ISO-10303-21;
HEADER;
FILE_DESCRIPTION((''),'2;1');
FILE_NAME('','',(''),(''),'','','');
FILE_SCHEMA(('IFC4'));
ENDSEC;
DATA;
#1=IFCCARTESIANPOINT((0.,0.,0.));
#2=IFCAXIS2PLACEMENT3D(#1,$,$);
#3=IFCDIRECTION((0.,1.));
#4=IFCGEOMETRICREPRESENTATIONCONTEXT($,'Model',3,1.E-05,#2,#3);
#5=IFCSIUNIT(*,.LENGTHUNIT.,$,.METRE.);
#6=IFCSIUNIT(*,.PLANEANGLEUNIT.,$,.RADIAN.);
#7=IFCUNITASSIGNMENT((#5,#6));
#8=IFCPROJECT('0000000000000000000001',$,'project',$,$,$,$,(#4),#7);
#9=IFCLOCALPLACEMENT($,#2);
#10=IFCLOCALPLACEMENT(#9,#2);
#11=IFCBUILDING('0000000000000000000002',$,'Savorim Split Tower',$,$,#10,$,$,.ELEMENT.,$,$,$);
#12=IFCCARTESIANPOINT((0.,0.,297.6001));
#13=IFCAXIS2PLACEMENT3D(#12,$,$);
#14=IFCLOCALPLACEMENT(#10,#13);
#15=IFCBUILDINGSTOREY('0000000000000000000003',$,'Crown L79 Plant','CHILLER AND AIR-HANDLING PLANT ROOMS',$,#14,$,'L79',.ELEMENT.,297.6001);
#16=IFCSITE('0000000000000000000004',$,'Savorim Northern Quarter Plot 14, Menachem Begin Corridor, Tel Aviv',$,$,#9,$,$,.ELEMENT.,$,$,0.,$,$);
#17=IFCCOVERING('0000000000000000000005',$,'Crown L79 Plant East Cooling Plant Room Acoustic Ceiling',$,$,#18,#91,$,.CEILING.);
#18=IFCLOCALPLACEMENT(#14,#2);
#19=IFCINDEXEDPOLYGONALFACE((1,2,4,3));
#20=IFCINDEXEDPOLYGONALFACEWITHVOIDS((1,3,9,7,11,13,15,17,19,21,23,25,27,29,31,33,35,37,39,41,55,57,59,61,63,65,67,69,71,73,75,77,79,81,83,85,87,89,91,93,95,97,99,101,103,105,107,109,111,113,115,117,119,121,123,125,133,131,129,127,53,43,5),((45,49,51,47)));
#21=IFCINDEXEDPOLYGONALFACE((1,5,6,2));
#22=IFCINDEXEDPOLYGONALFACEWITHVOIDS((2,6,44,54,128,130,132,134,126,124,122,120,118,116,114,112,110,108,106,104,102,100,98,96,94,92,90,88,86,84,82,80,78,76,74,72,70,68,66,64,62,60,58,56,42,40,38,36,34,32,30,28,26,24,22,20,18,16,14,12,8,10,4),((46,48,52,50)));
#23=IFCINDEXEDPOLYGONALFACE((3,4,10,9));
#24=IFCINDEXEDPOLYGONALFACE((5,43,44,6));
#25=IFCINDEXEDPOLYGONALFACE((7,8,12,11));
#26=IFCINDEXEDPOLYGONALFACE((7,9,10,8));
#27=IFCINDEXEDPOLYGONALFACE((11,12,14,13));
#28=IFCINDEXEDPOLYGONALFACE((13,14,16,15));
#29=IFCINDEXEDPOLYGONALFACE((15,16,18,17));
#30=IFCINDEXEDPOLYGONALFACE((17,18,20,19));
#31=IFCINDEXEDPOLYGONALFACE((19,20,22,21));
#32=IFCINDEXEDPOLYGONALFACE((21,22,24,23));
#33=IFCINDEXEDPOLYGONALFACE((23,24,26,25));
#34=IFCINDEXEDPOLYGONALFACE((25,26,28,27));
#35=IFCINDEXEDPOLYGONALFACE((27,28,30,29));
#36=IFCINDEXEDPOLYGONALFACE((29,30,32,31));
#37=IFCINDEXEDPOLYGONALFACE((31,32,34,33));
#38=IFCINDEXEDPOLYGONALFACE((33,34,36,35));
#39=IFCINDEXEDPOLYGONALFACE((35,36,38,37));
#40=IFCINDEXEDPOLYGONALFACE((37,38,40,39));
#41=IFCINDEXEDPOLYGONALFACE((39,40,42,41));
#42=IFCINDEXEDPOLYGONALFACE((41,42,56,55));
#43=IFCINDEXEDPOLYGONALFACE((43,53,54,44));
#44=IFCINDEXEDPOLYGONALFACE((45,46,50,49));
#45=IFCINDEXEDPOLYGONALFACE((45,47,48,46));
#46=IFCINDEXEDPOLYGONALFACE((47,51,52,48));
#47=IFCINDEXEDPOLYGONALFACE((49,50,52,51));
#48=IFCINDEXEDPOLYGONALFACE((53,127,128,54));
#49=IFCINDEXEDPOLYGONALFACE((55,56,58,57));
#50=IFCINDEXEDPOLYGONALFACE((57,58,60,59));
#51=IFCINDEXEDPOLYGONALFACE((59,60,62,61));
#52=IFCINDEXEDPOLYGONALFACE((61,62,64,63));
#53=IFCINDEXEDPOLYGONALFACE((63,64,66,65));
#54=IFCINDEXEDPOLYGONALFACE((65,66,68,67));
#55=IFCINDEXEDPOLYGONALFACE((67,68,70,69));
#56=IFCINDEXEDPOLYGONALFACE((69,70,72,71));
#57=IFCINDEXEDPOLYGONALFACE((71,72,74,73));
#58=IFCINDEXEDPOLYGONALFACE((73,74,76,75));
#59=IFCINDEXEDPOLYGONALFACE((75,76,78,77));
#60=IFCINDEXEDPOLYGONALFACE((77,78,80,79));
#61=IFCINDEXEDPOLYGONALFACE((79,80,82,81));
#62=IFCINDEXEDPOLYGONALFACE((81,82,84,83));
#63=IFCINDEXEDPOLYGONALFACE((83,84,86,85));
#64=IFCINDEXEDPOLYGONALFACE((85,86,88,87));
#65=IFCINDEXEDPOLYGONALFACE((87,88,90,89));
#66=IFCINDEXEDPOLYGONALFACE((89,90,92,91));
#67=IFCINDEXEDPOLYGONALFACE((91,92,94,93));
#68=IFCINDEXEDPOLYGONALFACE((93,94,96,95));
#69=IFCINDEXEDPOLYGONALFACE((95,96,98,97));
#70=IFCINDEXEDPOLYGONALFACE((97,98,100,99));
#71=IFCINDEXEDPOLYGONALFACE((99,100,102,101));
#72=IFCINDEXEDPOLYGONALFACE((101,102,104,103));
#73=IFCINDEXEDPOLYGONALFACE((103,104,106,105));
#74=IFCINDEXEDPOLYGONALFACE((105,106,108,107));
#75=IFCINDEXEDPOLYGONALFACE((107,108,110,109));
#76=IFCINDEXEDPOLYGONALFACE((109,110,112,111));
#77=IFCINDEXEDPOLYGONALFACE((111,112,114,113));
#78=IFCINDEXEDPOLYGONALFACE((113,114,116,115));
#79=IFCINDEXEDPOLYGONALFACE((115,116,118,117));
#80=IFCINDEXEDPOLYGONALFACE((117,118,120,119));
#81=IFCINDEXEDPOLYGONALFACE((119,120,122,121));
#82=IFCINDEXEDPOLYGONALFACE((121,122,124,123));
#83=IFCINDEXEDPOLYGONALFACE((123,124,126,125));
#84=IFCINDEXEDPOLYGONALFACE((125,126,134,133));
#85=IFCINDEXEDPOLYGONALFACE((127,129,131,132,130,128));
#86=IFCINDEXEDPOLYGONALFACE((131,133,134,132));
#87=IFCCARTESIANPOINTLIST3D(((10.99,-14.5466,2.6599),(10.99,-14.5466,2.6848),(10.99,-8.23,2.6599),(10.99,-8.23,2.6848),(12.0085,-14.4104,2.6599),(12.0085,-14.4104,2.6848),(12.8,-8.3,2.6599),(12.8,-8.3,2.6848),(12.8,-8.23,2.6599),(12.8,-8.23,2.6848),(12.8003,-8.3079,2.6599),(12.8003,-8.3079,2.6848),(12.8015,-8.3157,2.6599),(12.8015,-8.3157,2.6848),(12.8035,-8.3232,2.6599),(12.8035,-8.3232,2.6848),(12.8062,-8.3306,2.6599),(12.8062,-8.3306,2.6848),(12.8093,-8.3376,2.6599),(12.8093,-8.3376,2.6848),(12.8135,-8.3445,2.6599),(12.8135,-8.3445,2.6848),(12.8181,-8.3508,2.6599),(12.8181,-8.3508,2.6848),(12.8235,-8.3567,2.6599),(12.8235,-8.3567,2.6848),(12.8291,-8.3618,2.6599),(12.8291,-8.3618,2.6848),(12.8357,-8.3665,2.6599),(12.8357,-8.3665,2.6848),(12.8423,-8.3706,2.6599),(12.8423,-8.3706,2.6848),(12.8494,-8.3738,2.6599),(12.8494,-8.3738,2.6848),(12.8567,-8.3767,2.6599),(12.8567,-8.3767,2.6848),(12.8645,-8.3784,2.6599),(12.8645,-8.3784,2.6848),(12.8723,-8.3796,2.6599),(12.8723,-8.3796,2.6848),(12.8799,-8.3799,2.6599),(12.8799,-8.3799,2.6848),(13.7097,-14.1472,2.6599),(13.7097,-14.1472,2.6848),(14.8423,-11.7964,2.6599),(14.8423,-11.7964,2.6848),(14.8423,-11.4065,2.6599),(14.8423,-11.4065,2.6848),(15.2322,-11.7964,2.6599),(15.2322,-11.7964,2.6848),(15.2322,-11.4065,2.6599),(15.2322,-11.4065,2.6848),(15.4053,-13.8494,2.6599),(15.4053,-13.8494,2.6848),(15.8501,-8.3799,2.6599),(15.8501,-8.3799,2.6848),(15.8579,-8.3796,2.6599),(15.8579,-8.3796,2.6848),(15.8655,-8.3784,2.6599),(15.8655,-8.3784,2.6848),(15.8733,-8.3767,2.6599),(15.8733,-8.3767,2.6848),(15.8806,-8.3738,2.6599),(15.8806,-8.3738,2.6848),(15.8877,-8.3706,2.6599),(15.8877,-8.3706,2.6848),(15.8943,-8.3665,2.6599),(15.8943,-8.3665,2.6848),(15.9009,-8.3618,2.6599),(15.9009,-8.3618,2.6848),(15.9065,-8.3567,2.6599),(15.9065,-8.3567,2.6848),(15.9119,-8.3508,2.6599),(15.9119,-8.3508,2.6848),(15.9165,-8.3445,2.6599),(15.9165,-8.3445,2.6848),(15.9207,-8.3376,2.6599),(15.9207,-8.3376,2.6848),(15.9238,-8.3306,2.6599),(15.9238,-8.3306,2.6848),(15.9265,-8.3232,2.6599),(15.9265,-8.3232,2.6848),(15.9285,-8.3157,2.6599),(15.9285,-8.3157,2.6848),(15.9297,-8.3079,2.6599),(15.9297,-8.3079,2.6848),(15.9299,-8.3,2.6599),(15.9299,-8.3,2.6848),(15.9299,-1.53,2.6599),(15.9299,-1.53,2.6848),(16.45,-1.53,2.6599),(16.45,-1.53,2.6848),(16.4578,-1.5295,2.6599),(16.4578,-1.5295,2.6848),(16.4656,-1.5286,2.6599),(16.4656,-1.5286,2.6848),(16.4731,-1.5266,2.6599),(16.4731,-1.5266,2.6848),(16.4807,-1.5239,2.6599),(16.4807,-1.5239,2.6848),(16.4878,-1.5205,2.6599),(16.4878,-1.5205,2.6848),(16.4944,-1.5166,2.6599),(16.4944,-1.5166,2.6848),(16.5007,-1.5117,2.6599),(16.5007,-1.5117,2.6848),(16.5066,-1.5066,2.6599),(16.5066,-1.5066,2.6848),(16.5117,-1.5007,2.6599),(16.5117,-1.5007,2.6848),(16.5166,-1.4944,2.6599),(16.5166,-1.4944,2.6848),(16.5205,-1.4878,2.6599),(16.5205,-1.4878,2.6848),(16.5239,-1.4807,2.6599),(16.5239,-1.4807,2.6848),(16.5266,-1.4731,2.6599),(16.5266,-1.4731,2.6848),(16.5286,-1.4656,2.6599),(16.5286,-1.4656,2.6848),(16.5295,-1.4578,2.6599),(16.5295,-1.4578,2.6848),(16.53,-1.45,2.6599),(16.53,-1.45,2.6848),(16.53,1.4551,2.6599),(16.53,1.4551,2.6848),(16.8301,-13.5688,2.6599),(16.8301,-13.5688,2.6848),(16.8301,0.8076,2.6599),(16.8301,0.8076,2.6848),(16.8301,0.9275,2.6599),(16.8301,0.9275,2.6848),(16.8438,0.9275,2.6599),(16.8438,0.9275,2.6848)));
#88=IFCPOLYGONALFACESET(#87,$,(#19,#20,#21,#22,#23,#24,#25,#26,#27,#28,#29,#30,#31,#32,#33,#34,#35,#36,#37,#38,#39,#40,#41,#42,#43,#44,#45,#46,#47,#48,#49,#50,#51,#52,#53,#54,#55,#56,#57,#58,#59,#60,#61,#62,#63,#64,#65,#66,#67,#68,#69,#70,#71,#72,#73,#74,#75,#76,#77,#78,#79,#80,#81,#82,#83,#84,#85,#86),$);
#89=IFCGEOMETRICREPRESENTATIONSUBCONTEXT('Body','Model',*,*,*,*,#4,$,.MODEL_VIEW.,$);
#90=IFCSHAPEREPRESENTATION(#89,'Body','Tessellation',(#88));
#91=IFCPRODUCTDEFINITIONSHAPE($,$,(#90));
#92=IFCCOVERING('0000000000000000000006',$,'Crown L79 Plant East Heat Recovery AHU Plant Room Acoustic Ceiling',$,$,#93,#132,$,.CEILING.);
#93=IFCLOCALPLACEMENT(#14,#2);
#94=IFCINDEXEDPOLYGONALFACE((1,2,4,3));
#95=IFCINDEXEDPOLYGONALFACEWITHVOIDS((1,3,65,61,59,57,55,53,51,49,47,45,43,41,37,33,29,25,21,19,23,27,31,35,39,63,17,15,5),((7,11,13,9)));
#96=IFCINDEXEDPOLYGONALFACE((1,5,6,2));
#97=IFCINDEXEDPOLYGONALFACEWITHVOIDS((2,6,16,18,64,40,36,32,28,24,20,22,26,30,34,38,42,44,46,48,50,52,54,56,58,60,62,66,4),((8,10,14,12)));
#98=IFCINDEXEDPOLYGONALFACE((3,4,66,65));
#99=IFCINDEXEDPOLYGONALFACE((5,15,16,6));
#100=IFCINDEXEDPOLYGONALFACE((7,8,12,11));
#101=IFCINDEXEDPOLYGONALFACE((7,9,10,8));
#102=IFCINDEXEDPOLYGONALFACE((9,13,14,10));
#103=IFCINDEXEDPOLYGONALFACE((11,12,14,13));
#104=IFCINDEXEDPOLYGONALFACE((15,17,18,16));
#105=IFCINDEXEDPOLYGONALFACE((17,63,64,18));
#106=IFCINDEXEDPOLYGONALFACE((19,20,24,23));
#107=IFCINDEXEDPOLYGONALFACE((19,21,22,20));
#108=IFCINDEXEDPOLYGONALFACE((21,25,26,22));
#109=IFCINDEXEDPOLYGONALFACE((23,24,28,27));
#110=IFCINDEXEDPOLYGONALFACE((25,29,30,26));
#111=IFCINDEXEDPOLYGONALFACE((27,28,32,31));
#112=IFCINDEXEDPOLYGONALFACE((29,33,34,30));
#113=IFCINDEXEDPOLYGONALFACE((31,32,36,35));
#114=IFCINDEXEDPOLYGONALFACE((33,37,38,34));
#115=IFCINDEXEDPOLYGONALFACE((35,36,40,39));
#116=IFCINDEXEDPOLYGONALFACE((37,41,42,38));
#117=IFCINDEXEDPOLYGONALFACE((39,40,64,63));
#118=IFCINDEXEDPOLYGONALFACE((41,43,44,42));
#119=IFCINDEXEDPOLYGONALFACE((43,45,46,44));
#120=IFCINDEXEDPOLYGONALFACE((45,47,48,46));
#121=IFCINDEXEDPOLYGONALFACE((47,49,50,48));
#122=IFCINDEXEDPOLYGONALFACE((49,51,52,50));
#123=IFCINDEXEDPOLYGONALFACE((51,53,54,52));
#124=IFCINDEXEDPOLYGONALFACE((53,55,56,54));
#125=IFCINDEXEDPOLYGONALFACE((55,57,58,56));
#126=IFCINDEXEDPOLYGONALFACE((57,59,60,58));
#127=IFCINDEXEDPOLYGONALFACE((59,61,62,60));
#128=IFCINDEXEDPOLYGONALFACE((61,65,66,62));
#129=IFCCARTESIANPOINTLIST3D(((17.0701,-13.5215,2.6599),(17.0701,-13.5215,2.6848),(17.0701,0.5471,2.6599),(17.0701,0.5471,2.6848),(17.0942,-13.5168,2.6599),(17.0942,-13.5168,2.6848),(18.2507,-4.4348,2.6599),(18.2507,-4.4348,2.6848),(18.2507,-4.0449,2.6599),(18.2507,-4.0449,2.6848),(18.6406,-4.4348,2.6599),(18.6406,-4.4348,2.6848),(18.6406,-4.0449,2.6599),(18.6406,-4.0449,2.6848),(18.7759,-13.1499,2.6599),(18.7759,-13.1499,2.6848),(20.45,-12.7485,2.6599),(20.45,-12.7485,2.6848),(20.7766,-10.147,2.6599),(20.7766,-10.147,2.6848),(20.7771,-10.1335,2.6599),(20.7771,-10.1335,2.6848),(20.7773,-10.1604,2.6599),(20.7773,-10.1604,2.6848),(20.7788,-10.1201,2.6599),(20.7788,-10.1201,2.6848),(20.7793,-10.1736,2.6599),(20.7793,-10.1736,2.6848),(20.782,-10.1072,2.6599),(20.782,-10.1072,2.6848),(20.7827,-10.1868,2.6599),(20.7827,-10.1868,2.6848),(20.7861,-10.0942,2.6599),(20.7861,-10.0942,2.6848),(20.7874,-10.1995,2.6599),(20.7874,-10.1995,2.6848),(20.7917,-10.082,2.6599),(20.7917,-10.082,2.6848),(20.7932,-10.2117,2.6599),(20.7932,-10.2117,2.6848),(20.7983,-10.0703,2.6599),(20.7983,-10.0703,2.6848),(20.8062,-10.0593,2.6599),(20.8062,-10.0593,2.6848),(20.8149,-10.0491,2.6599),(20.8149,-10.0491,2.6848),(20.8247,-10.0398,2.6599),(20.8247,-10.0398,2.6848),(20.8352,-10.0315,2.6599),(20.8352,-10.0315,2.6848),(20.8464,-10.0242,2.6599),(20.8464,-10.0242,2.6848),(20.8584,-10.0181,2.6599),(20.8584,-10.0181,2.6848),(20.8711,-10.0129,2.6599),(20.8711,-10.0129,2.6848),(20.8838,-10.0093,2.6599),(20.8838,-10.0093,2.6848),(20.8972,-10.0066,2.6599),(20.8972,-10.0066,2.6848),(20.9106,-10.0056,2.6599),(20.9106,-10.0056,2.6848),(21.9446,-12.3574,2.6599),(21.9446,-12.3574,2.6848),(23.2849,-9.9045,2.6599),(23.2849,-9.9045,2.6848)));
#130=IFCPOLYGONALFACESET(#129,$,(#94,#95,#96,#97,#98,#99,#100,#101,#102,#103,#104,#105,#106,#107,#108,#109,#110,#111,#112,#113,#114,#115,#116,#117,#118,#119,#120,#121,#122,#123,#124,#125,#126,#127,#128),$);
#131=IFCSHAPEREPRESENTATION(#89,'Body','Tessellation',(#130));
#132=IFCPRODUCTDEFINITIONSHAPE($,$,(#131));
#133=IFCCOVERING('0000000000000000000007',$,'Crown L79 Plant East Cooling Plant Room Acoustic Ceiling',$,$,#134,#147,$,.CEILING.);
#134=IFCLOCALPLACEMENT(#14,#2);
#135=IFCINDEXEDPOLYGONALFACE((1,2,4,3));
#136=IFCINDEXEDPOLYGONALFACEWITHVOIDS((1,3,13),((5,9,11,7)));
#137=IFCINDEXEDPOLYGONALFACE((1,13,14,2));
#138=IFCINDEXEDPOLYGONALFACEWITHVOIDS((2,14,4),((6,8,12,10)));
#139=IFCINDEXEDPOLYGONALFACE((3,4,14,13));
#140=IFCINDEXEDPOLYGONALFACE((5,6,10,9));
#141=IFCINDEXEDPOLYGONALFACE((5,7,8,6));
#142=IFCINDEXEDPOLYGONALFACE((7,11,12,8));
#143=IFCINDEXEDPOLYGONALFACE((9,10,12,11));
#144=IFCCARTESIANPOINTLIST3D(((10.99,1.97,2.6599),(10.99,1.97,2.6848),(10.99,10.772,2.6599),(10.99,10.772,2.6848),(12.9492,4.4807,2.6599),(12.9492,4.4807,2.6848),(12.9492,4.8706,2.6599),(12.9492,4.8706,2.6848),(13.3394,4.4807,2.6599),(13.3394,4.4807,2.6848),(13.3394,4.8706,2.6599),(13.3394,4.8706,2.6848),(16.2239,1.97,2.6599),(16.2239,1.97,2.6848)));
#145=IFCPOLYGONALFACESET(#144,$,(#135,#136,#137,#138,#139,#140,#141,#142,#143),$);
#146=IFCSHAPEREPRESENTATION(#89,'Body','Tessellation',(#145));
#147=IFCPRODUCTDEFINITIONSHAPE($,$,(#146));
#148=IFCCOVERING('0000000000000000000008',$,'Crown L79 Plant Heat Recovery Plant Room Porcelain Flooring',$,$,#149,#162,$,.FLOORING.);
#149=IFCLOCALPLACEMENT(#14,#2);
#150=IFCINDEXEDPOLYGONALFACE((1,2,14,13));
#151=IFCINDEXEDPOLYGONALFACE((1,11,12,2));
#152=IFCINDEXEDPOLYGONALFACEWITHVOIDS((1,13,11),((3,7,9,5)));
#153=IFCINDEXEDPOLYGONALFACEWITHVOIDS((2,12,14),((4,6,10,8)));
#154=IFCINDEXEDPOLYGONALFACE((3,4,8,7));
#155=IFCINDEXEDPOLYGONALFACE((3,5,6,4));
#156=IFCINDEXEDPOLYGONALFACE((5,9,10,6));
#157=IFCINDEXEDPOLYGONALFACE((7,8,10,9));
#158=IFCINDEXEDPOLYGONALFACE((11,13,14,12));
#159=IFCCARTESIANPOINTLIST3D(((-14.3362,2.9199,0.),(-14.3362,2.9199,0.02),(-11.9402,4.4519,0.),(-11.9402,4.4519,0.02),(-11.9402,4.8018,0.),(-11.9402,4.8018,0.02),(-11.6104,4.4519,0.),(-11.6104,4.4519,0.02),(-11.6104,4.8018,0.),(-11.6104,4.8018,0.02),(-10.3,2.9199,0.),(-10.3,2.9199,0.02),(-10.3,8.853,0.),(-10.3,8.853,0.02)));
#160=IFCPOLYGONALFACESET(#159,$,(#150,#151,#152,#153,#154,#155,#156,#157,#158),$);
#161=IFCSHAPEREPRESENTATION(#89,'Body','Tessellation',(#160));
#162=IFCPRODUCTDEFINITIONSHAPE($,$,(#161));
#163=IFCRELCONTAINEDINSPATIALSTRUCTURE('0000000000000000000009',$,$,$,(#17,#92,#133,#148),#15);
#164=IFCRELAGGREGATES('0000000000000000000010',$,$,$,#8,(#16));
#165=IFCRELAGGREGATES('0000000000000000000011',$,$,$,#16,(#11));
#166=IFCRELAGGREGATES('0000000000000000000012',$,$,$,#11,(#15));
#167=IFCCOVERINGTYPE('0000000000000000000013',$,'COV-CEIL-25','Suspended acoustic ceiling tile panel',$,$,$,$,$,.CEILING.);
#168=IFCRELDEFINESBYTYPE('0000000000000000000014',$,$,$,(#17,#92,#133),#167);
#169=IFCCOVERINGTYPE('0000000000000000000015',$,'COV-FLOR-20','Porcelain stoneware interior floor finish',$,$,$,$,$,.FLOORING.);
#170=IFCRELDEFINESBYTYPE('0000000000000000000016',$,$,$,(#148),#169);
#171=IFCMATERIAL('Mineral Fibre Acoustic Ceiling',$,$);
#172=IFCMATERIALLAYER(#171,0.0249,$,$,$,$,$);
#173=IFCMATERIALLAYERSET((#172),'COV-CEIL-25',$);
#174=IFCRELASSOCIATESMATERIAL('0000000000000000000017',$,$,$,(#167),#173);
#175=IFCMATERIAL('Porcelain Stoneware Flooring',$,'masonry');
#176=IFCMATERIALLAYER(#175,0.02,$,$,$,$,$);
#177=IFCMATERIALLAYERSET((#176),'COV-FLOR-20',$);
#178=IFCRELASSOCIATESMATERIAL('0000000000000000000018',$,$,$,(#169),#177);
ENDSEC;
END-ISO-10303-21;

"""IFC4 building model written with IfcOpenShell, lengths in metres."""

from ifc_helpers import new_model, si_unit, direction, frame, origin, place, context, subcontext, project, spatial, polyline, outline, extrude, material, layer, layer_set, type_object, element, save


model = new_model("IFC4")

# Units and contexts
model_context = context("Model", 3, precision=1e-05, world=origin(), true_north=direction((0.0, 1.0)))
body_context = subcontext(model_context, "Body", "Model", "MODEL_VIEW")
ifc_project = project(units=[si_unit("LENGTHUNIT", "METRE"), si_unit("PLANEANGLEUNIT", "RADIAN")], contexts=[model_context])

# Site, building, storey
site_placement = place(None, origin())
site = spatial("IfcSite", under=ifc_project, at=site_placement, Name="Savorim Northern Quarter Plot 14, Menachem Begin Corridor, Tel Aviv", CompositionType="ELEMENT", RefElevation=0.0)
building_placement = place(site_placement, origin())
building = spatial("IfcBuilding", under=site, at=building_placement, Name="Savorim Split Tower", CompositionType="ELEMENT")
storey_placement = place(building_placement, frame((0.0, 0.0, 297.6001)))
storey = spatial("IfcBuildingStorey", under=building, at=storey_placement, Name="Crown L79 Plant", Description="CHILLER AND AIR-HANDLING PLANT ROOMS", LongName="L79", CompositionType="ELEMENT", Elevation=297.6001)

# Coverings
ifc_material_1 = material(Name="Mineral Fibre Acoustic Ceiling")
ifc_layer_1 = layer(ifc_material_1, 0.0249)
ifc_layer_set_1 = layer_set([ifc_layer_1], Name="COV-CEIL-25")
covering_type_1 = type_object("IfcCoveringType", Name="COV-CEIL-25", Description="Suspended acoustic ceiling tile panel", PredefinedType="CEILING", material=ifc_layer_set_1)
covering_1_placement = place(storey_placement, frame((0.0, 0.0, 2.6599)))
element("IfcCovering", 1, at=covering_1_placement, inside=storey, type_object=covering_type_1, Name="Crown L79 Plant East Cooling Plant Room Acoustic Ceiling", PredefinedType="CEILING", context=body_context, shape_type="SweptSolid", body=[
    extrude(outline(polyline([(12.0085, -14.4104), (13.7097, -14.1472), (15.4053, -13.8494), (16.8301, -13.5688), (16.8301, 0.8076), (16.8301, 0.9275), (16.8438, 0.9275), (16.53, 1.4551), (16.53, -1.45), (16.5295, -1.4578), (16.5286, -1.4656), (16.5266, -1.4731), (16.5239, -1.4807), (16.5205, -1.4878), (16.5166, -1.4944), (16.5117, -1.5007), (16.5066, -1.5066), (16.5007, -1.5117), (16.4944, -1.5166), (16.4878, -1.5205), (16.4807, -1.5239), (16.4731, -1.5266), (16.4656, -1.5286), (16.4578, -1.5295), (16.45, -1.53), (15.9299, -1.53), (15.9299, -8.3), (15.9297, -8.3079), (15.9285, -8.3157), (15.9265, -8.3232), (15.9238, -8.3306), (15.9207, -8.3376), (15.9165, -8.3445), (15.9119, -8.3508), (15.9065, -8.3567), (15.9009, -8.3618), (15.8943, -8.3665), (15.8877, -8.3706), (15.8806, -8.3738), (15.8733, -8.3767), (15.8655, -8.3784), (15.8579, -8.3796), (15.8501, -8.3799), (12.8799, -8.3799), (12.8723, -8.3796), (12.8645, -8.3784), (12.8567, -8.3767), (12.8494, -8.3738), (12.8423, -8.3706), (12.8357, -8.3665), (12.8291, -8.3618), (12.8235, -8.3567), (12.8181, -8.3508), (12.8135, -8.3445), (12.8093, -8.3376), (12.8062, -8.3306), (12.8035, -8.3232), (12.8015, -8.3157), (12.8003, -8.3079), (12.8, -8.3), (12.8, -8.23), (10.99, -8.23), (10.99, -14.5466), (12.0085, -14.4104)]), holes=[polyline([(14.8423, -11.4065), (14.8423, -11.7964), (15.2322, -11.7964), (15.2322, -11.4065), (14.8423, -11.4065)])]), origin(), (0.0, 0.0, 1.0), 0.0249),
])
covering_2_placement = place(storey_placement, frame((0.0, 0.0, 2.6599)))
element("IfcCovering", 2, at=covering_2_placement, inside=storey, type_object=covering_type_1, Name="Crown L79 Plant East Heat Recovery AHU Plant Room Acoustic Ceiling", PredefinedType="CEILING", context=body_context, shape_type="SweptSolid", body=[
    extrude(outline(polyline([(20.8711, -10.0129), (20.8838, -10.0093), (20.8972, -10.0066), (20.9106, -10.0056), (23.2849, -9.9045), (17.0701, 0.5471), (17.0701, -13.5215), (17.0942, -13.5168), (18.7759, -13.1499), (20.45, -12.7485), (21.9446, -12.3574), (20.7932, -10.2117), (20.7874, -10.1995), (20.7827, -10.1868), (20.7793, -10.1736), (20.7773, -10.1604), (20.7766, -10.147), (20.7771, -10.1335), (20.7788, -10.1201), (20.782, -10.1072), (20.7861, -10.0942), (20.7917, -10.082), (20.7983, -10.0703), (20.8062, -10.0593), (20.8149, -10.0491), (20.8247, -10.0398), (20.8352, -10.0315), (20.8464, -10.0242), (20.8584, -10.0181), (20.8711, -10.0129)]), holes=[polyline([(18.2507, -4.0449), (18.2507, -4.4348), (18.6406, -4.4348), (18.6406, -4.0449), (18.2507, -4.0449)])]), origin(), (0.0, 0.0, 1.0), 0.0249),
])
covering_3_placement = place(storey_placement, frame((0.0, 0.0, 2.6599)))
element("IfcCovering", 3, at=covering_3_placement, inside=storey, type_object=covering_type_1, Name="Crown L79 Plant East Cooling Plant Room Acoustic Ceiling", PredefinedType="CEILING", context=body_context, shape_type="SweptSolid", body=[
    extrude(outline(polyline([(10.99, 10.772), (10.99, 1.97), (16.2239, 1.97), (10.99, 10.772)]), holes=[polyline([(12.9492, 4.8706), (12.9492, 4.4807), (13.3394, 4.4807), (13.3394, 4.8706), (12.9492, 4.8706)])]), origin(), (0.0, 0.0, 1.0), 0.0249),
])
ifc_material_2 = material(Name="Porcelain Stoneware Flooring", Category="masonry")
ifc_layer_2 = layer(ifc_material_2, 0.02)
ifc_layer_set_2 = layer_set([ifc_layer_2], Name="COV-FLOR-20")
covering_type_2 = type_object("IfcCoveringType", Name="COV-FLOR-20", Description="Porcelain stoneware interior floor finish", PredefinedType="FLOORING", material=ifc_layer_set_2)
covering_4_placement = place(storey_placement, origin())
element("IfcCovering", 4, at=covering_4_placement, inside=storey, type_object=covering_type_2, Name="Crown L79 Plant Heat Recovery Plant Room Porcelain Flooring", PredefinedType="FLOORING", context=body_context, shape_type="SweptSolid", body=[
    extrude(outline(polyline([(-14.3362, 2.9199), (-10.3, 2.9199), (-10.3, 8.853), (-14.3362, 2.9199)]), holes=[polyline([(-11.6104, 4.4519), (-11.6104, 4.8018), (-11.9402, 4.8018), (-11.9402, 4.4519), (-11.6104, 4.4519)])]), origin(), (0.0, 0.0, 1.0), 0.02),
])

save(model, "model.ifc")
